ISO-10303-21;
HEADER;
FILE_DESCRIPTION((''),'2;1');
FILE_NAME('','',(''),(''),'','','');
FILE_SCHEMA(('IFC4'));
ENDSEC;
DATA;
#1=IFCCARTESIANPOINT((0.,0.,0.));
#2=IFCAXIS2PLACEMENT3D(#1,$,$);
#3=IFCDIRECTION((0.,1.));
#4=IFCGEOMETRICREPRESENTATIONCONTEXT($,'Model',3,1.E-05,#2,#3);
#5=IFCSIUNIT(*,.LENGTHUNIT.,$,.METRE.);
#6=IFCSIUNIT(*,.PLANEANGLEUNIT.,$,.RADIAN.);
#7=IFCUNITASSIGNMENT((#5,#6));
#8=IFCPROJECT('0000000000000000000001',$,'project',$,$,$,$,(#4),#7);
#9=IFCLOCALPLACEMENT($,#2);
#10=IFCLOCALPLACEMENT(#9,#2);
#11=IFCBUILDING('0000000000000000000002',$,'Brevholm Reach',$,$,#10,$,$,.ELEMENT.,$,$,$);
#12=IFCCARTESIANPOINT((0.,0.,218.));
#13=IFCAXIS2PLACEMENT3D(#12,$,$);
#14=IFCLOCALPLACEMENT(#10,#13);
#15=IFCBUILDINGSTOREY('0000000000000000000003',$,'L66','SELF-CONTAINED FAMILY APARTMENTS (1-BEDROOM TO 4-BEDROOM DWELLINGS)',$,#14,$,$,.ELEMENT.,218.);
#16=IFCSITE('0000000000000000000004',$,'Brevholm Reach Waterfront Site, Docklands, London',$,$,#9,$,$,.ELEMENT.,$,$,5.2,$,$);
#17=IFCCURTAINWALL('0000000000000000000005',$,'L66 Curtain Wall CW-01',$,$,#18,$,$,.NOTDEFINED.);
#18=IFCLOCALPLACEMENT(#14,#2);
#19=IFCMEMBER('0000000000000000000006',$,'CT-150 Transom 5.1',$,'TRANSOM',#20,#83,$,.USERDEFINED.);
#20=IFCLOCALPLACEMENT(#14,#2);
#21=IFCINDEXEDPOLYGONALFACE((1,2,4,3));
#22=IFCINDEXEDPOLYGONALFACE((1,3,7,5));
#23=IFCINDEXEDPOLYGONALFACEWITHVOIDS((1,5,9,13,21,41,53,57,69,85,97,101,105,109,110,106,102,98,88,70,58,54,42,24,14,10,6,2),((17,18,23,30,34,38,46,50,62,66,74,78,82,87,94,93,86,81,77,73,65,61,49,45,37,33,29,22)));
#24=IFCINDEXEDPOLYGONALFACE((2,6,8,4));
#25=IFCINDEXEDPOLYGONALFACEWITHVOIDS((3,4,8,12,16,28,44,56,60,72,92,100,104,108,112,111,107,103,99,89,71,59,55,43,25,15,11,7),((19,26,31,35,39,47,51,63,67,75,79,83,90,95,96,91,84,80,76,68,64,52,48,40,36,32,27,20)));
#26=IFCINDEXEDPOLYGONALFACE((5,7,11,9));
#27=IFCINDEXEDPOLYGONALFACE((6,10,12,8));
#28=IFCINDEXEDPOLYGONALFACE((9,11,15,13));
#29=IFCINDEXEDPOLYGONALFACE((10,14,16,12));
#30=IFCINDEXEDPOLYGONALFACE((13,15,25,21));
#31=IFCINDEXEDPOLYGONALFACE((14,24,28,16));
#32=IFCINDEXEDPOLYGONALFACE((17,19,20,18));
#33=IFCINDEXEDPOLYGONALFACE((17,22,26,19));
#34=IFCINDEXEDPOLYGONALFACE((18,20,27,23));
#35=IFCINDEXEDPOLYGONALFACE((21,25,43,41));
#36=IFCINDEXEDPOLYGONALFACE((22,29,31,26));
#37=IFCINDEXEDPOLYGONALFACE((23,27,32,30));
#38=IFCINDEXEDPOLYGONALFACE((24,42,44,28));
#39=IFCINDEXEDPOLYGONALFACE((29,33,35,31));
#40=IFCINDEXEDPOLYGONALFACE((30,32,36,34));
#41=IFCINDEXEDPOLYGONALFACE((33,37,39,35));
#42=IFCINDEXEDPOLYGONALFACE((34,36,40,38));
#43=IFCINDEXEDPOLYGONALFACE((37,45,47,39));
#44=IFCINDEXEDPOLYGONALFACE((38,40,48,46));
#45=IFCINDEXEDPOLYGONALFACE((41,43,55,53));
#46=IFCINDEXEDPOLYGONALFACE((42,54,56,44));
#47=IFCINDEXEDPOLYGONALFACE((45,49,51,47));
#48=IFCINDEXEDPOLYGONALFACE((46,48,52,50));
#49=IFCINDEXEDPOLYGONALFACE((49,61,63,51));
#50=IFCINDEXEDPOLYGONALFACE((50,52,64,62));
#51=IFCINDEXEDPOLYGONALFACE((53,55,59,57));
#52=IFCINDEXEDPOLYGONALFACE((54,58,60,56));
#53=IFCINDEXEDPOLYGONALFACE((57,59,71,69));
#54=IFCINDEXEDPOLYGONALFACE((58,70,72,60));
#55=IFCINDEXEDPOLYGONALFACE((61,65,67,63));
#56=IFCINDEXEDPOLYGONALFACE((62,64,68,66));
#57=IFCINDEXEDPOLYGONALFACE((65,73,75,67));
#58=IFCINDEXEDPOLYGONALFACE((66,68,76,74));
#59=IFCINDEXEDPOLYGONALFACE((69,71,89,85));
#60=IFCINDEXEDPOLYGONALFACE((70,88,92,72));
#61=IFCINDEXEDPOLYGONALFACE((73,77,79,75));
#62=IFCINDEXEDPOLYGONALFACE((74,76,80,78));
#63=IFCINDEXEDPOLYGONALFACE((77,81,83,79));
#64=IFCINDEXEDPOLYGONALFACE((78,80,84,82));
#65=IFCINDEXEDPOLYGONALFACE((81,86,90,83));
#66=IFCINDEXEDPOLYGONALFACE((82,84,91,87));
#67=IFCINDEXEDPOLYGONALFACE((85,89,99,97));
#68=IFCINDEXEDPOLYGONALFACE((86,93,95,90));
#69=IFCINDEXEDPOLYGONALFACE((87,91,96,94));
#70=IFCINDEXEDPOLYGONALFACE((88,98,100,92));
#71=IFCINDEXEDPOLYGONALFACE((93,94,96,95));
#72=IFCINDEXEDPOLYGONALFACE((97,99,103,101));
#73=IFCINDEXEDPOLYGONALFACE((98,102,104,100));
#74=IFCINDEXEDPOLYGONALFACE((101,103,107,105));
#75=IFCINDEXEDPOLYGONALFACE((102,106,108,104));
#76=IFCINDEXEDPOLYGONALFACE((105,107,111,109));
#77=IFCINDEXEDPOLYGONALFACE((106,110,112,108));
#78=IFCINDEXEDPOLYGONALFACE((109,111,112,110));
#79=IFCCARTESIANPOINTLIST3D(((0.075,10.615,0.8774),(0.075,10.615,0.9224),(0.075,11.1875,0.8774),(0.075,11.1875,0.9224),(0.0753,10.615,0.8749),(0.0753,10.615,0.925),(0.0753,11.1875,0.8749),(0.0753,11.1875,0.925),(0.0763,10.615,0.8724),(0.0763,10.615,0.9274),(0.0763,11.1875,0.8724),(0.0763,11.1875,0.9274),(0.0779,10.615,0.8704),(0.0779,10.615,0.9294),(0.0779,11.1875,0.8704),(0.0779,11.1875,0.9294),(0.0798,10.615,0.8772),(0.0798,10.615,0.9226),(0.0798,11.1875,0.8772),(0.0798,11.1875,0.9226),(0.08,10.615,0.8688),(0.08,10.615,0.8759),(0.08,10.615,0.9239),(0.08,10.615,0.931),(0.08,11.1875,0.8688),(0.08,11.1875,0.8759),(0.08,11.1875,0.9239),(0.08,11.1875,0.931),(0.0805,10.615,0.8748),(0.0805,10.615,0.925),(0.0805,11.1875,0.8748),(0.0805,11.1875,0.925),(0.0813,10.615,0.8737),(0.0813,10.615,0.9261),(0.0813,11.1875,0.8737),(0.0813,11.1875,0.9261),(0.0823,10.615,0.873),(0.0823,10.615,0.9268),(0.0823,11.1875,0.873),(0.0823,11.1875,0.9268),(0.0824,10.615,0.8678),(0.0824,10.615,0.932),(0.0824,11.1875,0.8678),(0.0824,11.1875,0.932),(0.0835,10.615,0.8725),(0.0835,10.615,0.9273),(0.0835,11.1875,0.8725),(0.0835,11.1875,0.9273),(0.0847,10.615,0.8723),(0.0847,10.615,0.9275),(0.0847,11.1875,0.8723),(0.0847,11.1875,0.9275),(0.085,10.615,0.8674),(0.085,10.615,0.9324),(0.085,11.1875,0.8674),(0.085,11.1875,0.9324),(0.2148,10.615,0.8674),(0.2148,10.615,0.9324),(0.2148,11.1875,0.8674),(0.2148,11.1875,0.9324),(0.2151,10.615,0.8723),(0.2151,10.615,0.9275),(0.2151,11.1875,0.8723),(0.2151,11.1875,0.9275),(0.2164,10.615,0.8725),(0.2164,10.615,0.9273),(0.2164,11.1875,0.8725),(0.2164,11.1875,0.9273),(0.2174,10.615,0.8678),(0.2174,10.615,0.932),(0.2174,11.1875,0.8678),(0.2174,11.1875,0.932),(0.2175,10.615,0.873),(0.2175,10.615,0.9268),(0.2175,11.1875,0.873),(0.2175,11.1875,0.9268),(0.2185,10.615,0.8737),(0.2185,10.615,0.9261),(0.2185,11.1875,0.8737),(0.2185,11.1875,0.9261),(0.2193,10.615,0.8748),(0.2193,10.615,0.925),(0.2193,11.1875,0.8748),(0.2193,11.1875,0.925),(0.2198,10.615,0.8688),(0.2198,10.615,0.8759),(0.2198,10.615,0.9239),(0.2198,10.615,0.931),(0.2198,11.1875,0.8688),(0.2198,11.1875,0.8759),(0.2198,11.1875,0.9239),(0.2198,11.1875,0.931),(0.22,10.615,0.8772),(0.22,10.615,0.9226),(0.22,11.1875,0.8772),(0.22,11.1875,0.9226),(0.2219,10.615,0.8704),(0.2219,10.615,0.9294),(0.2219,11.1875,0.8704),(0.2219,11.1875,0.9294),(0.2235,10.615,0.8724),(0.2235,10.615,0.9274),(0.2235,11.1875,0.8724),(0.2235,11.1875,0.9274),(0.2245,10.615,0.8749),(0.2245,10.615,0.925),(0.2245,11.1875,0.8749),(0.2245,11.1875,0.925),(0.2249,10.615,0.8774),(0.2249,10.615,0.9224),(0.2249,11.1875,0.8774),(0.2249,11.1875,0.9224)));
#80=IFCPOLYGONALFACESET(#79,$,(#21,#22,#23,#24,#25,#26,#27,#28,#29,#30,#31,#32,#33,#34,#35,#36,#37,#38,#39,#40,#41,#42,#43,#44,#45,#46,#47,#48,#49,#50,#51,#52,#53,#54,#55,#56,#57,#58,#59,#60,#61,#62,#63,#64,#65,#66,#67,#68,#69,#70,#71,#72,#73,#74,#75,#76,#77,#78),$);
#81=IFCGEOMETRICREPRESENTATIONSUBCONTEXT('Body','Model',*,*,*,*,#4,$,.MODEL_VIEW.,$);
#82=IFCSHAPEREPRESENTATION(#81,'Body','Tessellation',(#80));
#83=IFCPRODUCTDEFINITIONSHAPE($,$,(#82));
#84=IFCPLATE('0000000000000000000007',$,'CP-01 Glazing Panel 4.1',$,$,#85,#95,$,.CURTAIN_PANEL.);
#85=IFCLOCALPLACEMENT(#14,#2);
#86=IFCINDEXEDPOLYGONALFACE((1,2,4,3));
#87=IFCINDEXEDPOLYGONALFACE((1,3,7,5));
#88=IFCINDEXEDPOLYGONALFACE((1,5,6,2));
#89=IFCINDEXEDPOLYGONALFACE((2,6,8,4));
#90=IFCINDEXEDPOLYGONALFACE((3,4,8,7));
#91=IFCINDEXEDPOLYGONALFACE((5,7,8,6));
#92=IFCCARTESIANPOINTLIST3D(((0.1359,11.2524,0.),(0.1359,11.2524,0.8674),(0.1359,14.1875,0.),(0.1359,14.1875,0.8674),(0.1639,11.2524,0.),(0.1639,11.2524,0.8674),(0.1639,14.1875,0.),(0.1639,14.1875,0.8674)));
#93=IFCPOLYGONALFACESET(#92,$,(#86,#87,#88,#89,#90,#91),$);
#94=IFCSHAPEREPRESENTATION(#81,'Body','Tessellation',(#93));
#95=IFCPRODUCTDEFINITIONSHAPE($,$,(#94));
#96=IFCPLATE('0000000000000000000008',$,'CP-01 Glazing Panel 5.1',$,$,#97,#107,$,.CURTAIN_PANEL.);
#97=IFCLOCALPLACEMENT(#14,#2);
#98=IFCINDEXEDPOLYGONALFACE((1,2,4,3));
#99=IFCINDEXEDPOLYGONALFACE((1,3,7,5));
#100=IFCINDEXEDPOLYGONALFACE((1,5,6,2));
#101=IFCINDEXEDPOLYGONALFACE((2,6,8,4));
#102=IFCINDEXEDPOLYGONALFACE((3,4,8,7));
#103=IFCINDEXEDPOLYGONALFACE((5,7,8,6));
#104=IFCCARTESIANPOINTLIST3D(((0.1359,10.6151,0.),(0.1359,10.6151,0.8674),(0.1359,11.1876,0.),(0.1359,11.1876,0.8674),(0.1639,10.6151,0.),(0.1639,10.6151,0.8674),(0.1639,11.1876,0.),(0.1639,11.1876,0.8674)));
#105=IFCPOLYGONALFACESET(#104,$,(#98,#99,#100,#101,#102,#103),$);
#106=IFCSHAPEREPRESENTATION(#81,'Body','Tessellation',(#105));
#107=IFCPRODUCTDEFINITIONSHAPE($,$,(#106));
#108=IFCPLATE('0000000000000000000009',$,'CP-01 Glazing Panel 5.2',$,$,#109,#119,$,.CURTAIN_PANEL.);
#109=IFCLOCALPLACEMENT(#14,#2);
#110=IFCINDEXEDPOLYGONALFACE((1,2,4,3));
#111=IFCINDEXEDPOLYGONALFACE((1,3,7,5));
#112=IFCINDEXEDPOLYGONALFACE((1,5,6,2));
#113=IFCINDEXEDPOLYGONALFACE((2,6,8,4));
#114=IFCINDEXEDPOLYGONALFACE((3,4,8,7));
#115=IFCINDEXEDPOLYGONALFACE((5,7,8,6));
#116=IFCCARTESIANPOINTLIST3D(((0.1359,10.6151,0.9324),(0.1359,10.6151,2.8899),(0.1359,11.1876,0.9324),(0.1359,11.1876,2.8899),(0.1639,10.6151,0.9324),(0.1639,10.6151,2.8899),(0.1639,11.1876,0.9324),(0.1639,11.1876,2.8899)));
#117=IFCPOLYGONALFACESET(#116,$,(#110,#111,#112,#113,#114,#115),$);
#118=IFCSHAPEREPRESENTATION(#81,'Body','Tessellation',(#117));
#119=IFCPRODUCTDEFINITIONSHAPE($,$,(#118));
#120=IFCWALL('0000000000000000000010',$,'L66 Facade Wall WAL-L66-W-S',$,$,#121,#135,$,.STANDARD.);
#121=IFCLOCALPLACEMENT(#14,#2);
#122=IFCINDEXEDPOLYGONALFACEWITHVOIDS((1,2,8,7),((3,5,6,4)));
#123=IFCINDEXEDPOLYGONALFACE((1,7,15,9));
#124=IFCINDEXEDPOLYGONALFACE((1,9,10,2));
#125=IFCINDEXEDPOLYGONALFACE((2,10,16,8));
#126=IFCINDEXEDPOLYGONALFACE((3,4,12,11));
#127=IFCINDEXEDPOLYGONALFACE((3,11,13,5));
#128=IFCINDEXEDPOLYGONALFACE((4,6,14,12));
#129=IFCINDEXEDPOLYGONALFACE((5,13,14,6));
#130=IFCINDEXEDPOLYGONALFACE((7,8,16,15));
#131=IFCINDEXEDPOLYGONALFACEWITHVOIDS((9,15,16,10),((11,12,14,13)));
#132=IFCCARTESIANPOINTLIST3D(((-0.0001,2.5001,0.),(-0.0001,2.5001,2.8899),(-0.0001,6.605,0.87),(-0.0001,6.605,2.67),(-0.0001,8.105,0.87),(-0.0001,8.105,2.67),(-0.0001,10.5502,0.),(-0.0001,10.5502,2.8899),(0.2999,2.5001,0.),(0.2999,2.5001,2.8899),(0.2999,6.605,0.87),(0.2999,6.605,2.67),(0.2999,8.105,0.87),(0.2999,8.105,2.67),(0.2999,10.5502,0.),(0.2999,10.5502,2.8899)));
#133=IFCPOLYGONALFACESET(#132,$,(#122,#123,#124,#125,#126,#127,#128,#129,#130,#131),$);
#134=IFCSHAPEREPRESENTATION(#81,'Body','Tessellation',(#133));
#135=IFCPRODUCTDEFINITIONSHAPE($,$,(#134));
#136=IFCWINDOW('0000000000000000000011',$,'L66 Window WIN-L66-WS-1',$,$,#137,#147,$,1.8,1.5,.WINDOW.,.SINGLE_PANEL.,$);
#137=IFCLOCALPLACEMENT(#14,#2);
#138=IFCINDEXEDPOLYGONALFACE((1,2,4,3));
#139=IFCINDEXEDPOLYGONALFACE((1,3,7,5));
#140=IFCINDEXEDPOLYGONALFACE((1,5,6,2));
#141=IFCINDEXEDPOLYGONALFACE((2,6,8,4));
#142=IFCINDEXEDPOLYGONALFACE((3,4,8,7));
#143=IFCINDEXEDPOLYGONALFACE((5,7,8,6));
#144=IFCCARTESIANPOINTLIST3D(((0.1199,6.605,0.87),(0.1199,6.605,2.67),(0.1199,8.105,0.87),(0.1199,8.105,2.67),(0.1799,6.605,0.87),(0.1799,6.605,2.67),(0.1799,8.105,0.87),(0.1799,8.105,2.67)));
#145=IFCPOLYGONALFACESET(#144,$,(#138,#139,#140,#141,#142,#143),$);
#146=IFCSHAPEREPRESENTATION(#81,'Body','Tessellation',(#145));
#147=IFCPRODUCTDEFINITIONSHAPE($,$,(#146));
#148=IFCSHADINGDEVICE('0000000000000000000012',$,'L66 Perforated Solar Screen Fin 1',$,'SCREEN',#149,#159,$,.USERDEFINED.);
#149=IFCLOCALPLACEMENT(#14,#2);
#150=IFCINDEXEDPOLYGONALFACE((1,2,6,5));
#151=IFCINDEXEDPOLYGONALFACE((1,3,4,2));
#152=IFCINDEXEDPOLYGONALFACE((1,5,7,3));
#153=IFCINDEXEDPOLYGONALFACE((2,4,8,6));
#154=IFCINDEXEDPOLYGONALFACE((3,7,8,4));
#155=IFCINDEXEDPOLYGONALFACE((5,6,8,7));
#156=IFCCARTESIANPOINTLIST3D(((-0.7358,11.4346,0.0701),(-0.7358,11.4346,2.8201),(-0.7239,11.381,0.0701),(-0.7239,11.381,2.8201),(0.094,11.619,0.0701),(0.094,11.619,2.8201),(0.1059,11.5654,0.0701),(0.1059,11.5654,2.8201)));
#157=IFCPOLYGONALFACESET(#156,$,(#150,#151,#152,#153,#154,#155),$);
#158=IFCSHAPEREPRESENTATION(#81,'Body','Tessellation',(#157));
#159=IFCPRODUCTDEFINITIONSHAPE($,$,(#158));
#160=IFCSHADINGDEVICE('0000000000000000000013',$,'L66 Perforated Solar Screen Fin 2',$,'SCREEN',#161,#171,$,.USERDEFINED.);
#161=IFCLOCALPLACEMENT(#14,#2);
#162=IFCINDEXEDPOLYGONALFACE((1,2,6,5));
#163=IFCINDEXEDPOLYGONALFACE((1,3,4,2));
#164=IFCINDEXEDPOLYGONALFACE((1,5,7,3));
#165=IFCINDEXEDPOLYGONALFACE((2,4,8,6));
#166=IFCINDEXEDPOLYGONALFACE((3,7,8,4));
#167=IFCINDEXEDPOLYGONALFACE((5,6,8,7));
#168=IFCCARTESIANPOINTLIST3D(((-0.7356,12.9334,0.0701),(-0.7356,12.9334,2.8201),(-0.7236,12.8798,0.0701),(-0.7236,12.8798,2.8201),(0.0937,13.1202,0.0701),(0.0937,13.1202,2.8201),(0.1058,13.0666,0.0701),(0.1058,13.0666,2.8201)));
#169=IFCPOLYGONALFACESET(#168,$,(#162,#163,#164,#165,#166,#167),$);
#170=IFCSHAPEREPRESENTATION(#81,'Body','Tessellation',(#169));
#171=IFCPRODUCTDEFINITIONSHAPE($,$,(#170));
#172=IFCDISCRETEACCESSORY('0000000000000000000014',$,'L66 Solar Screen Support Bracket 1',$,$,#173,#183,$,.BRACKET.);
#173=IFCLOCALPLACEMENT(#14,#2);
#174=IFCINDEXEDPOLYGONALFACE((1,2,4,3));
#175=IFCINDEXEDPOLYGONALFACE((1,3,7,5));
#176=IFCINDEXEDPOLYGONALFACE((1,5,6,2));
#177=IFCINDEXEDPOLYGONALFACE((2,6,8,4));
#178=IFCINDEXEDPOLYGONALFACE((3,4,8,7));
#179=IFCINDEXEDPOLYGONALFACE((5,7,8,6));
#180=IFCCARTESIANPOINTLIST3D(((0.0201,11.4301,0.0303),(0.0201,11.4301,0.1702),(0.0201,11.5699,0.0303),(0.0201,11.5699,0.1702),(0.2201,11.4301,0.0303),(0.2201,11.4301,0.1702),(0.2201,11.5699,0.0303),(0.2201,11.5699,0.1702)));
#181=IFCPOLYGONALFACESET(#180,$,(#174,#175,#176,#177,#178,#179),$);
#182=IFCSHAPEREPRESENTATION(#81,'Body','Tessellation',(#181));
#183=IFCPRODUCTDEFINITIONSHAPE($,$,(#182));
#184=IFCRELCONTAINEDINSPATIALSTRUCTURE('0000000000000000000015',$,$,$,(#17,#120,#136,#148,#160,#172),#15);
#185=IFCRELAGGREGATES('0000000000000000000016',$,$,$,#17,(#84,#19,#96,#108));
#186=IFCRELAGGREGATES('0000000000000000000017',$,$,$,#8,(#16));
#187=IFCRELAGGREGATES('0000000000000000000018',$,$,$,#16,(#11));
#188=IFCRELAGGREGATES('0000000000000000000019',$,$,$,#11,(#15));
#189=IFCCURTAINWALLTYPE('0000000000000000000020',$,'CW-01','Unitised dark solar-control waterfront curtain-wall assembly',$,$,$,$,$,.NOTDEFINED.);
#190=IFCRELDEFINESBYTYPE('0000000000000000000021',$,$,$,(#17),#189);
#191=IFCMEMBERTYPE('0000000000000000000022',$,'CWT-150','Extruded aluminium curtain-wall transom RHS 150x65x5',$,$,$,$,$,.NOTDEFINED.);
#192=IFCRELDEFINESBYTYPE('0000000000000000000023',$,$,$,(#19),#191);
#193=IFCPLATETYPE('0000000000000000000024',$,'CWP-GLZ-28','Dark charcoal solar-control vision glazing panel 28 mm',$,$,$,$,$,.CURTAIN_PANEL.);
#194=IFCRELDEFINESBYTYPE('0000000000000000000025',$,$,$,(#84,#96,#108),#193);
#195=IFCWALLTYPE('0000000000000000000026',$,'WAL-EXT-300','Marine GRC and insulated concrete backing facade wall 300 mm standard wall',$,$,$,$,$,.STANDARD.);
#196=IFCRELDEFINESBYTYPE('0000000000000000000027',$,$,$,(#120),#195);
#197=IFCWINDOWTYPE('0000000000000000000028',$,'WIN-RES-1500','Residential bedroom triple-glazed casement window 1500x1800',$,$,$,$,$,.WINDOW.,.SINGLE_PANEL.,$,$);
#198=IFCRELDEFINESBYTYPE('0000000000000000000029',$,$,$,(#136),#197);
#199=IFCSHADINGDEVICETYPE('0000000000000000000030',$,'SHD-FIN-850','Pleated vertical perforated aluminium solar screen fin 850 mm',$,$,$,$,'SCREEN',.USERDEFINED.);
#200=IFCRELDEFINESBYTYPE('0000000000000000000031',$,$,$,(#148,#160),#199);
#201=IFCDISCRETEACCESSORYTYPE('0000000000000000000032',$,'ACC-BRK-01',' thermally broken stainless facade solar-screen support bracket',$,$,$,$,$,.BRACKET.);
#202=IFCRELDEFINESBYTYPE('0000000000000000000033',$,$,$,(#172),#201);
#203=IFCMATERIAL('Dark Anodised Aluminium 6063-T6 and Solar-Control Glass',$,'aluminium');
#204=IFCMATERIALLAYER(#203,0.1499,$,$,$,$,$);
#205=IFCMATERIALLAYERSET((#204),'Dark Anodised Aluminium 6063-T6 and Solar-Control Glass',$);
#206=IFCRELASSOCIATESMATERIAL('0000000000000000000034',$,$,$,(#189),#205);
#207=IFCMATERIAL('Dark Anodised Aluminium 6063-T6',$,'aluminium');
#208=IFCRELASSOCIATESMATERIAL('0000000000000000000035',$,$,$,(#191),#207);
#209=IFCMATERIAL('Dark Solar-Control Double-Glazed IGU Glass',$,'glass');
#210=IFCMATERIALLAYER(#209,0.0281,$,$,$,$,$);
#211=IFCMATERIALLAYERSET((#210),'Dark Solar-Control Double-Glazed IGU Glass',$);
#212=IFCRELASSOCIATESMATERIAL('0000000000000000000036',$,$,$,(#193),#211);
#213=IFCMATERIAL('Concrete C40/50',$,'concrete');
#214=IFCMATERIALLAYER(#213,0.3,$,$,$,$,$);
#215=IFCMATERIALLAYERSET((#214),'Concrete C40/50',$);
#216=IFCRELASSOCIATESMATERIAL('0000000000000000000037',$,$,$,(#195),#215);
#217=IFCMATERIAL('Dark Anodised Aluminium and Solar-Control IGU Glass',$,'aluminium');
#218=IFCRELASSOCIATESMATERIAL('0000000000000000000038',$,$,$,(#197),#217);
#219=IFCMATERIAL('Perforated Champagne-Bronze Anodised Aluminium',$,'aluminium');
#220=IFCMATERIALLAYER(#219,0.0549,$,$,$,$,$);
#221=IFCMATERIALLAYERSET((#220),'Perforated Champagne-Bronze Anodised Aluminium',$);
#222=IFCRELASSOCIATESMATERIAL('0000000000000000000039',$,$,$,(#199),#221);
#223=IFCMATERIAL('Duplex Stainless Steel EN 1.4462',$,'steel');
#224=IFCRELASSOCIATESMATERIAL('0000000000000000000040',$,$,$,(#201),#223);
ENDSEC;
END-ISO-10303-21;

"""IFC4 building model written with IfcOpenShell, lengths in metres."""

from ifc_helpers import new_model, si_unit, direction, frame, frame_2d, origin, origin_2d, place, context, subcontext, project, spatial, rectangle, hollow_rectangle, extrude, material, layer, layer_set, material_profile, profile_set, type_object, element, fill, aggregate, save


model = new_model("IFC4")

# Units and contexts
model_context = context("Model", 3, precision=1e-05, world=origin(), true_north=direction((0.0, 1.0)))
body_context = subcontext(model_context, "Body", "Model", "MODEL_VIEW")
ifc_project = project(units=[si_unit("LENGTHUNIT", "METRE"), si_unit("PLANEANGLEUNIT", "RADIAN")], contexts=[model_context])

# Site, building, storey
site_placement = place(None, origin())
site = spatial("IfcSite", under=ifc_project, at=site_placement, Name="Brevholm Reach Waterfront Site, Docklands, London", CompositionType="ELEMENT", RefElevation=5.2)
building_placement = place(site_placement, origin())
building = spatial("IfcBuilding", under=site, at=building_placement, Name="Brevholm Reach", CompositionType="ELEMENT")
storey_placement = place(building_placement, frame((0.0, 0.0, 218.0)))
storey = spatial("IfcBuildingStorey", under=building, at=storey_placement, Name="L66", Description="SELF-CONTAINED FAMILY APARTMENTS (1-BEDROOM TO 4-BEDROOM DWELLINGS)", CompositionType="ELEMENT", Elevation=218.0)

# Curtain wall, member, plates
ifc_material_1 = material(Name="Dark Anodised Aluminium 6063-T6 and Solar-Control Glass", Category="aluminium")
ifc_layer_1 = layer(ifc_material_1, 0.1499)
ifc_layer_set_1 = layer_set([ifc_layer_1], Name="Dark Anodised Aluminium 6063-T6 and Solar-Control Glass")
curtain_wall_type = type_object("IfcCurtainWallType", Name="CW-01", Description="Unitised dark solar-control waterfront curtain-wall assembly", PredefinedType="NOTDEFINED", material=ifc_layer_set_1)
curtain_wall_placement = place(storey_placement, origin())
curtain_wall = element("IfcCurtainWall", 1, at=curtain_wall_placement, inside=storey, type_object=curtain_wall_type, Name="L66 Curtain Wall CW-01", PredefinedType="NOTDEFINED")
ifc_material_2 = material(Name="Dark Anodised Aluminium 6063-T6", Category="aluminium")
ifc_material_profile_1 = material_profile(ifc_material_2, hollow_rectangle(XDim=0.0649, YDim=0.1499, WallThickness=0.0049, InnerFilletRadius=0.0049, OuterFilletRadius=0.01, at=origin_2d()), Name="RHS 150x65x5")
ifc_profile_set_1 = profile_set([ifc_material_profile_1], Name="Dark Anodised Aluminium 6063-T6")
member_type_1 = type_object("IfcMemberType", Name="CWT-150", Description="Extruded aluminium curtain-wall transom RHS 150x65x5", PredefinedType="NOTDEFINED", material=ifc_profile_set_1)
member_1_placement = place(storey_placement, frame((0.1499, 11.1875, 0.8999), z_axis=(0.0, -1.0, 0.0), x_axis=(0.0, 0.0, 1.0)))
member_1 = element("IfcMember", 2, at=member_1_placement, type_object=member_type_1, Name="CT-150 Transom 5.1", ObjectType="TRANSOM", PredefinedType="USERDEFINED", context=body_context, shape_type="SweptSolid", body=[
    extrude(hollow_rectangle(XDim=0.0649, YDim=0.1499, WallThickness=0.0049, InnerFilletRadius=0.0049, OuterFilletRadius=0.01, at=origin_2d()), origin(), (0.0, 0.0, 1.0), 0.5725),
])
ifc_material_3 = material(Name="Dark Solar-Control Double-Glazed IGU Glass", Category="glass")
ifc_layer_2 = layer(ifc_material_3, 0.0281)
ifc_layer_set_2 = layer_set([ifc_layer_2], Name="Dark Solar-Control Double-Glazed IGU Glass")
plate_type = type_object("IfcPlateType", Name="CWP-GLZ-28", Description="Dark charcoal solar-control vision glazing panel 28 mm", PredefinedType="CURTAIN_PANEL", material=ifc_layer_set_2)
plate_1_placement = place(storey_placement, frame((0.1499, 12.72, 0.0), z_axis=(0.0, 0.0, 1.0), x_axis=(0.0, -1.0, 0.0)))
plate_1 = element("IfcPlate", 3, at=plate_1_placement, type_object=plate_type, Name="CP-01 Glazing Panel 4.1", PredefinedType="CURTAIN_PANEL", context=body_context, shape_type="SweptSolid", body=[
    extrude(rectangle(XDim=2.9351, YDim=0.0281, at=origin_2d()), origin(), (0.0, 0.0, 1.0), 0.8674),
])
plate_2_placement = place(storey_placement, frame((0.1499, 10.9014, 0.0), z_axis=(0.0, 0.0, 1.0), x_axis=(0.0, -1.0, 0.0)))
plate_2 = element("IfcPlate", 4, at=plate_2_placement, type_object=plate_type, Name="CP-01 Glazing Panel 5.1", PredefinedType="CURTAIN_PANEL", context=body_context, shape_type="SweptSolid", body=[
    extrude(rectangle(XDim=0.5725, YDim=0.0281, at=origin_2d()), origin(), (0.0, 0.0, 1.0), 0.8674),
])
plate_3_placement = place(storey_placement, frame((0.1499, 10.9014, 0.9324), z_axis=(0.0, 0.0, 1.0), x_axis=(0.0, -1.0, 0.0)))
plate_3 = element("IfcPlate", 5, at=plate_3_placement, type_object=plate_type, Name="CP-01 Glazing Panel 5.2", PredefinedType="CURTAIN_PANEL", context=body_context, shape_type="SweptSolid", body=[
    extrude(rectangle(XDim=0.5725, YDim=0.0281, at=origin_2d()), origin(), (0.0, 0.0, 1.0), 1.9575),
])
aggregate(curtain_wall, [plate_1, member_1, plate_2, plate_3])

# Wall, opening, window
ifc_material_4 = material(Name="Concrete C40/50", Category="concrete")
ifc_layer_3 = layer(ifc_material_4, 0.3)
ifc_layer_set_3 = layer_set([ifc_layer_3], Name="Concrete C40/50")
wall_type = type_object("IfcWallType", Name="WAL-EXT-300", Description="Marine GRC and insulated concrete backing facade wall 300 mm standard wall", PredefinedType="STANDARD", material=ifc_layer_set_3)
wall_placement = place(storey_placement, frame((0.1499, 10.55, 0.0), z_axis=(0.0, 0.0, 1.0), x_axis=(0.0, -1.0, 0.0)))
wall = element("IfcWall", 6, at=wall_placement, inside=storey, type_object=wall_type, Name="L66 Facade Wall WAL-L66-W-S", PredefinedType="STANDARD", context=body_context, shape_type="SweptSolid", body=[
    extrude(rectangle(XDim=8.05, YDim=0.3, at=frame_2d((4.0249, 0.0))), origin(), (0.0, 0.0, 1.0), 2.8899),
])
opening_placement = place(wall_placement, frame((2.4451, 0.0, 0.8701)))
opening = element("IfcOpeningElement", 7, at=opening_placement, cuts=wall, PredefinedType="OPENING", context=body_context, shape_type="SweptSolid", body=[
    extrude(rectangle(XDim=1.5, YDim=1.8, at=frame_2d((0.75, 0.8999))), frame((0.0, 0.1599, 0.0), z_axis=(0.0, -1.0, 0.0), x_axis=(1.0, 0.0, 0.0)), (0.0, 0.0, 1.0), 0.3201),
])
ifc_material_5 = material(Name="Dark Anodised Aluminium and Solar-Control IGU Glass", Category="aluminium")
window_type = type_object("IfcWindowType", Name="WIN-RES-1500", Description="Residential bedroom triple-glazed casement window 1500x1800", PartitioningType="SINGLE_PANEL", PredefinedType="WINDOW", material=ifc_material_5)
window_placement = place(opening_placement, origin())
window = element("IfcWindow", 8, at=window_placement, inside=storey, type_object=window_type, Name="L66 Window WIN-L66-WS-1", OverallHeight=1.8, OverallWidth=1.5, PartitioningType="SINGLE_PANEL", PredefinedType="WINDOW", context=body_context, shape_type="SweptSolid", body=[
    extrude(rectangle(XDim=1.5, YDim=1.8, at=frame_2d((0.75, 0.8999))), frame((0.0, 0.03, 0.0), z_axis=(0.0, -1.0, 0.0), x_axis=(1.0, 0.0, 0.0)), (0.0, 0.0, 1.0), 0.0601),
])
fill(opening, window)

# Shading devices
ifc_material_6 = material(Name="Perforated Champagne-Bronze Anodised Aluminium", Category="aluminium")
ifc_layer_4 = layer(ifc_material_6, 0.0549)
ifc_layer_set_4 = layer_set([ifc_layer_4], Name="Perforated Champagne-Bronze Anodised Aluminium")
shading_device_type = type_object("IfcShadingDeviceType", Name="SHD-FIN-850", Description="Pleated vertical perforated aluminium solar screen fin 850 mm", ElementType="SCREEN", PredefinedType="USERDEFINED", material=ifc_layer_set_4)
for number, where, z_axis, x_axis, name in (
    (9, (-0.3149, 11.5, 0.0701), (0.0, 0.0, 1.0), (-0.976171, -0.217002, 0.0), "L66 Perforated Solar Screen Fin 1"),
    (10, (-0.3149, 13.0, 0.0701), (0.0, 0.0, 1.0), (-0.975565, -0.21971, 0.0), "L66 Perforated Solar Screen Fin 2"),
):
    element("IfcShadingDevice", number, at=place(storey_placement, frame(where, z_axis=z_axis, x_axis=x_axis)), inside=storey, type_object=shading_device_type, Name=name, ObjectType="SCREEN", PredefinedType="USERDEFINED", context=body_context, shape_type="SweptSolid", body=[
        extrude(rectangle(XDim=0.8501, YDim=0.0549, at=origin_2d()), origin(), (0.0, 0.0, 1.0), 2.75),
    ])

# Discrete accessory
ifc_material_7 = material(Name="Duplex Stainless Steel EN 1.4462", Category="steel")
discrete_accessory_type = type_object("IfcDiscreteAccessoryType", Name="ACC-BRK-01", Description=" thermally broken stainless facade solar-screen support bracket", PredefinedType="BRACKET", material=ifc_material_7)
for number, where, z_axis, x_axis, name in (
    (11, (0.1201, 11.5, 0.0303), (0.0, 0.0, 1.0), (-1.0, 0.0, 0.0), "L66 Solar Screen Support Bracket 1"),
):
    element("IfcDiscreteAccessory", number, at=place(storey_placement, frame(where, z_axis=z_axis, x_axis=x_axis)), inside=storey, type_object=discrete_accessory_type, Name=name, PredefinedType="BRACKET", context=body_context, shape_type="SweptSolid", body=[
        extrude(rectangle(XDim=0.2, YDim=0.1399, at=origin_2d()), origin(), (0.0, 0.0, 1.0), 0.1399),
    ])

save(model, "model.ifc")
